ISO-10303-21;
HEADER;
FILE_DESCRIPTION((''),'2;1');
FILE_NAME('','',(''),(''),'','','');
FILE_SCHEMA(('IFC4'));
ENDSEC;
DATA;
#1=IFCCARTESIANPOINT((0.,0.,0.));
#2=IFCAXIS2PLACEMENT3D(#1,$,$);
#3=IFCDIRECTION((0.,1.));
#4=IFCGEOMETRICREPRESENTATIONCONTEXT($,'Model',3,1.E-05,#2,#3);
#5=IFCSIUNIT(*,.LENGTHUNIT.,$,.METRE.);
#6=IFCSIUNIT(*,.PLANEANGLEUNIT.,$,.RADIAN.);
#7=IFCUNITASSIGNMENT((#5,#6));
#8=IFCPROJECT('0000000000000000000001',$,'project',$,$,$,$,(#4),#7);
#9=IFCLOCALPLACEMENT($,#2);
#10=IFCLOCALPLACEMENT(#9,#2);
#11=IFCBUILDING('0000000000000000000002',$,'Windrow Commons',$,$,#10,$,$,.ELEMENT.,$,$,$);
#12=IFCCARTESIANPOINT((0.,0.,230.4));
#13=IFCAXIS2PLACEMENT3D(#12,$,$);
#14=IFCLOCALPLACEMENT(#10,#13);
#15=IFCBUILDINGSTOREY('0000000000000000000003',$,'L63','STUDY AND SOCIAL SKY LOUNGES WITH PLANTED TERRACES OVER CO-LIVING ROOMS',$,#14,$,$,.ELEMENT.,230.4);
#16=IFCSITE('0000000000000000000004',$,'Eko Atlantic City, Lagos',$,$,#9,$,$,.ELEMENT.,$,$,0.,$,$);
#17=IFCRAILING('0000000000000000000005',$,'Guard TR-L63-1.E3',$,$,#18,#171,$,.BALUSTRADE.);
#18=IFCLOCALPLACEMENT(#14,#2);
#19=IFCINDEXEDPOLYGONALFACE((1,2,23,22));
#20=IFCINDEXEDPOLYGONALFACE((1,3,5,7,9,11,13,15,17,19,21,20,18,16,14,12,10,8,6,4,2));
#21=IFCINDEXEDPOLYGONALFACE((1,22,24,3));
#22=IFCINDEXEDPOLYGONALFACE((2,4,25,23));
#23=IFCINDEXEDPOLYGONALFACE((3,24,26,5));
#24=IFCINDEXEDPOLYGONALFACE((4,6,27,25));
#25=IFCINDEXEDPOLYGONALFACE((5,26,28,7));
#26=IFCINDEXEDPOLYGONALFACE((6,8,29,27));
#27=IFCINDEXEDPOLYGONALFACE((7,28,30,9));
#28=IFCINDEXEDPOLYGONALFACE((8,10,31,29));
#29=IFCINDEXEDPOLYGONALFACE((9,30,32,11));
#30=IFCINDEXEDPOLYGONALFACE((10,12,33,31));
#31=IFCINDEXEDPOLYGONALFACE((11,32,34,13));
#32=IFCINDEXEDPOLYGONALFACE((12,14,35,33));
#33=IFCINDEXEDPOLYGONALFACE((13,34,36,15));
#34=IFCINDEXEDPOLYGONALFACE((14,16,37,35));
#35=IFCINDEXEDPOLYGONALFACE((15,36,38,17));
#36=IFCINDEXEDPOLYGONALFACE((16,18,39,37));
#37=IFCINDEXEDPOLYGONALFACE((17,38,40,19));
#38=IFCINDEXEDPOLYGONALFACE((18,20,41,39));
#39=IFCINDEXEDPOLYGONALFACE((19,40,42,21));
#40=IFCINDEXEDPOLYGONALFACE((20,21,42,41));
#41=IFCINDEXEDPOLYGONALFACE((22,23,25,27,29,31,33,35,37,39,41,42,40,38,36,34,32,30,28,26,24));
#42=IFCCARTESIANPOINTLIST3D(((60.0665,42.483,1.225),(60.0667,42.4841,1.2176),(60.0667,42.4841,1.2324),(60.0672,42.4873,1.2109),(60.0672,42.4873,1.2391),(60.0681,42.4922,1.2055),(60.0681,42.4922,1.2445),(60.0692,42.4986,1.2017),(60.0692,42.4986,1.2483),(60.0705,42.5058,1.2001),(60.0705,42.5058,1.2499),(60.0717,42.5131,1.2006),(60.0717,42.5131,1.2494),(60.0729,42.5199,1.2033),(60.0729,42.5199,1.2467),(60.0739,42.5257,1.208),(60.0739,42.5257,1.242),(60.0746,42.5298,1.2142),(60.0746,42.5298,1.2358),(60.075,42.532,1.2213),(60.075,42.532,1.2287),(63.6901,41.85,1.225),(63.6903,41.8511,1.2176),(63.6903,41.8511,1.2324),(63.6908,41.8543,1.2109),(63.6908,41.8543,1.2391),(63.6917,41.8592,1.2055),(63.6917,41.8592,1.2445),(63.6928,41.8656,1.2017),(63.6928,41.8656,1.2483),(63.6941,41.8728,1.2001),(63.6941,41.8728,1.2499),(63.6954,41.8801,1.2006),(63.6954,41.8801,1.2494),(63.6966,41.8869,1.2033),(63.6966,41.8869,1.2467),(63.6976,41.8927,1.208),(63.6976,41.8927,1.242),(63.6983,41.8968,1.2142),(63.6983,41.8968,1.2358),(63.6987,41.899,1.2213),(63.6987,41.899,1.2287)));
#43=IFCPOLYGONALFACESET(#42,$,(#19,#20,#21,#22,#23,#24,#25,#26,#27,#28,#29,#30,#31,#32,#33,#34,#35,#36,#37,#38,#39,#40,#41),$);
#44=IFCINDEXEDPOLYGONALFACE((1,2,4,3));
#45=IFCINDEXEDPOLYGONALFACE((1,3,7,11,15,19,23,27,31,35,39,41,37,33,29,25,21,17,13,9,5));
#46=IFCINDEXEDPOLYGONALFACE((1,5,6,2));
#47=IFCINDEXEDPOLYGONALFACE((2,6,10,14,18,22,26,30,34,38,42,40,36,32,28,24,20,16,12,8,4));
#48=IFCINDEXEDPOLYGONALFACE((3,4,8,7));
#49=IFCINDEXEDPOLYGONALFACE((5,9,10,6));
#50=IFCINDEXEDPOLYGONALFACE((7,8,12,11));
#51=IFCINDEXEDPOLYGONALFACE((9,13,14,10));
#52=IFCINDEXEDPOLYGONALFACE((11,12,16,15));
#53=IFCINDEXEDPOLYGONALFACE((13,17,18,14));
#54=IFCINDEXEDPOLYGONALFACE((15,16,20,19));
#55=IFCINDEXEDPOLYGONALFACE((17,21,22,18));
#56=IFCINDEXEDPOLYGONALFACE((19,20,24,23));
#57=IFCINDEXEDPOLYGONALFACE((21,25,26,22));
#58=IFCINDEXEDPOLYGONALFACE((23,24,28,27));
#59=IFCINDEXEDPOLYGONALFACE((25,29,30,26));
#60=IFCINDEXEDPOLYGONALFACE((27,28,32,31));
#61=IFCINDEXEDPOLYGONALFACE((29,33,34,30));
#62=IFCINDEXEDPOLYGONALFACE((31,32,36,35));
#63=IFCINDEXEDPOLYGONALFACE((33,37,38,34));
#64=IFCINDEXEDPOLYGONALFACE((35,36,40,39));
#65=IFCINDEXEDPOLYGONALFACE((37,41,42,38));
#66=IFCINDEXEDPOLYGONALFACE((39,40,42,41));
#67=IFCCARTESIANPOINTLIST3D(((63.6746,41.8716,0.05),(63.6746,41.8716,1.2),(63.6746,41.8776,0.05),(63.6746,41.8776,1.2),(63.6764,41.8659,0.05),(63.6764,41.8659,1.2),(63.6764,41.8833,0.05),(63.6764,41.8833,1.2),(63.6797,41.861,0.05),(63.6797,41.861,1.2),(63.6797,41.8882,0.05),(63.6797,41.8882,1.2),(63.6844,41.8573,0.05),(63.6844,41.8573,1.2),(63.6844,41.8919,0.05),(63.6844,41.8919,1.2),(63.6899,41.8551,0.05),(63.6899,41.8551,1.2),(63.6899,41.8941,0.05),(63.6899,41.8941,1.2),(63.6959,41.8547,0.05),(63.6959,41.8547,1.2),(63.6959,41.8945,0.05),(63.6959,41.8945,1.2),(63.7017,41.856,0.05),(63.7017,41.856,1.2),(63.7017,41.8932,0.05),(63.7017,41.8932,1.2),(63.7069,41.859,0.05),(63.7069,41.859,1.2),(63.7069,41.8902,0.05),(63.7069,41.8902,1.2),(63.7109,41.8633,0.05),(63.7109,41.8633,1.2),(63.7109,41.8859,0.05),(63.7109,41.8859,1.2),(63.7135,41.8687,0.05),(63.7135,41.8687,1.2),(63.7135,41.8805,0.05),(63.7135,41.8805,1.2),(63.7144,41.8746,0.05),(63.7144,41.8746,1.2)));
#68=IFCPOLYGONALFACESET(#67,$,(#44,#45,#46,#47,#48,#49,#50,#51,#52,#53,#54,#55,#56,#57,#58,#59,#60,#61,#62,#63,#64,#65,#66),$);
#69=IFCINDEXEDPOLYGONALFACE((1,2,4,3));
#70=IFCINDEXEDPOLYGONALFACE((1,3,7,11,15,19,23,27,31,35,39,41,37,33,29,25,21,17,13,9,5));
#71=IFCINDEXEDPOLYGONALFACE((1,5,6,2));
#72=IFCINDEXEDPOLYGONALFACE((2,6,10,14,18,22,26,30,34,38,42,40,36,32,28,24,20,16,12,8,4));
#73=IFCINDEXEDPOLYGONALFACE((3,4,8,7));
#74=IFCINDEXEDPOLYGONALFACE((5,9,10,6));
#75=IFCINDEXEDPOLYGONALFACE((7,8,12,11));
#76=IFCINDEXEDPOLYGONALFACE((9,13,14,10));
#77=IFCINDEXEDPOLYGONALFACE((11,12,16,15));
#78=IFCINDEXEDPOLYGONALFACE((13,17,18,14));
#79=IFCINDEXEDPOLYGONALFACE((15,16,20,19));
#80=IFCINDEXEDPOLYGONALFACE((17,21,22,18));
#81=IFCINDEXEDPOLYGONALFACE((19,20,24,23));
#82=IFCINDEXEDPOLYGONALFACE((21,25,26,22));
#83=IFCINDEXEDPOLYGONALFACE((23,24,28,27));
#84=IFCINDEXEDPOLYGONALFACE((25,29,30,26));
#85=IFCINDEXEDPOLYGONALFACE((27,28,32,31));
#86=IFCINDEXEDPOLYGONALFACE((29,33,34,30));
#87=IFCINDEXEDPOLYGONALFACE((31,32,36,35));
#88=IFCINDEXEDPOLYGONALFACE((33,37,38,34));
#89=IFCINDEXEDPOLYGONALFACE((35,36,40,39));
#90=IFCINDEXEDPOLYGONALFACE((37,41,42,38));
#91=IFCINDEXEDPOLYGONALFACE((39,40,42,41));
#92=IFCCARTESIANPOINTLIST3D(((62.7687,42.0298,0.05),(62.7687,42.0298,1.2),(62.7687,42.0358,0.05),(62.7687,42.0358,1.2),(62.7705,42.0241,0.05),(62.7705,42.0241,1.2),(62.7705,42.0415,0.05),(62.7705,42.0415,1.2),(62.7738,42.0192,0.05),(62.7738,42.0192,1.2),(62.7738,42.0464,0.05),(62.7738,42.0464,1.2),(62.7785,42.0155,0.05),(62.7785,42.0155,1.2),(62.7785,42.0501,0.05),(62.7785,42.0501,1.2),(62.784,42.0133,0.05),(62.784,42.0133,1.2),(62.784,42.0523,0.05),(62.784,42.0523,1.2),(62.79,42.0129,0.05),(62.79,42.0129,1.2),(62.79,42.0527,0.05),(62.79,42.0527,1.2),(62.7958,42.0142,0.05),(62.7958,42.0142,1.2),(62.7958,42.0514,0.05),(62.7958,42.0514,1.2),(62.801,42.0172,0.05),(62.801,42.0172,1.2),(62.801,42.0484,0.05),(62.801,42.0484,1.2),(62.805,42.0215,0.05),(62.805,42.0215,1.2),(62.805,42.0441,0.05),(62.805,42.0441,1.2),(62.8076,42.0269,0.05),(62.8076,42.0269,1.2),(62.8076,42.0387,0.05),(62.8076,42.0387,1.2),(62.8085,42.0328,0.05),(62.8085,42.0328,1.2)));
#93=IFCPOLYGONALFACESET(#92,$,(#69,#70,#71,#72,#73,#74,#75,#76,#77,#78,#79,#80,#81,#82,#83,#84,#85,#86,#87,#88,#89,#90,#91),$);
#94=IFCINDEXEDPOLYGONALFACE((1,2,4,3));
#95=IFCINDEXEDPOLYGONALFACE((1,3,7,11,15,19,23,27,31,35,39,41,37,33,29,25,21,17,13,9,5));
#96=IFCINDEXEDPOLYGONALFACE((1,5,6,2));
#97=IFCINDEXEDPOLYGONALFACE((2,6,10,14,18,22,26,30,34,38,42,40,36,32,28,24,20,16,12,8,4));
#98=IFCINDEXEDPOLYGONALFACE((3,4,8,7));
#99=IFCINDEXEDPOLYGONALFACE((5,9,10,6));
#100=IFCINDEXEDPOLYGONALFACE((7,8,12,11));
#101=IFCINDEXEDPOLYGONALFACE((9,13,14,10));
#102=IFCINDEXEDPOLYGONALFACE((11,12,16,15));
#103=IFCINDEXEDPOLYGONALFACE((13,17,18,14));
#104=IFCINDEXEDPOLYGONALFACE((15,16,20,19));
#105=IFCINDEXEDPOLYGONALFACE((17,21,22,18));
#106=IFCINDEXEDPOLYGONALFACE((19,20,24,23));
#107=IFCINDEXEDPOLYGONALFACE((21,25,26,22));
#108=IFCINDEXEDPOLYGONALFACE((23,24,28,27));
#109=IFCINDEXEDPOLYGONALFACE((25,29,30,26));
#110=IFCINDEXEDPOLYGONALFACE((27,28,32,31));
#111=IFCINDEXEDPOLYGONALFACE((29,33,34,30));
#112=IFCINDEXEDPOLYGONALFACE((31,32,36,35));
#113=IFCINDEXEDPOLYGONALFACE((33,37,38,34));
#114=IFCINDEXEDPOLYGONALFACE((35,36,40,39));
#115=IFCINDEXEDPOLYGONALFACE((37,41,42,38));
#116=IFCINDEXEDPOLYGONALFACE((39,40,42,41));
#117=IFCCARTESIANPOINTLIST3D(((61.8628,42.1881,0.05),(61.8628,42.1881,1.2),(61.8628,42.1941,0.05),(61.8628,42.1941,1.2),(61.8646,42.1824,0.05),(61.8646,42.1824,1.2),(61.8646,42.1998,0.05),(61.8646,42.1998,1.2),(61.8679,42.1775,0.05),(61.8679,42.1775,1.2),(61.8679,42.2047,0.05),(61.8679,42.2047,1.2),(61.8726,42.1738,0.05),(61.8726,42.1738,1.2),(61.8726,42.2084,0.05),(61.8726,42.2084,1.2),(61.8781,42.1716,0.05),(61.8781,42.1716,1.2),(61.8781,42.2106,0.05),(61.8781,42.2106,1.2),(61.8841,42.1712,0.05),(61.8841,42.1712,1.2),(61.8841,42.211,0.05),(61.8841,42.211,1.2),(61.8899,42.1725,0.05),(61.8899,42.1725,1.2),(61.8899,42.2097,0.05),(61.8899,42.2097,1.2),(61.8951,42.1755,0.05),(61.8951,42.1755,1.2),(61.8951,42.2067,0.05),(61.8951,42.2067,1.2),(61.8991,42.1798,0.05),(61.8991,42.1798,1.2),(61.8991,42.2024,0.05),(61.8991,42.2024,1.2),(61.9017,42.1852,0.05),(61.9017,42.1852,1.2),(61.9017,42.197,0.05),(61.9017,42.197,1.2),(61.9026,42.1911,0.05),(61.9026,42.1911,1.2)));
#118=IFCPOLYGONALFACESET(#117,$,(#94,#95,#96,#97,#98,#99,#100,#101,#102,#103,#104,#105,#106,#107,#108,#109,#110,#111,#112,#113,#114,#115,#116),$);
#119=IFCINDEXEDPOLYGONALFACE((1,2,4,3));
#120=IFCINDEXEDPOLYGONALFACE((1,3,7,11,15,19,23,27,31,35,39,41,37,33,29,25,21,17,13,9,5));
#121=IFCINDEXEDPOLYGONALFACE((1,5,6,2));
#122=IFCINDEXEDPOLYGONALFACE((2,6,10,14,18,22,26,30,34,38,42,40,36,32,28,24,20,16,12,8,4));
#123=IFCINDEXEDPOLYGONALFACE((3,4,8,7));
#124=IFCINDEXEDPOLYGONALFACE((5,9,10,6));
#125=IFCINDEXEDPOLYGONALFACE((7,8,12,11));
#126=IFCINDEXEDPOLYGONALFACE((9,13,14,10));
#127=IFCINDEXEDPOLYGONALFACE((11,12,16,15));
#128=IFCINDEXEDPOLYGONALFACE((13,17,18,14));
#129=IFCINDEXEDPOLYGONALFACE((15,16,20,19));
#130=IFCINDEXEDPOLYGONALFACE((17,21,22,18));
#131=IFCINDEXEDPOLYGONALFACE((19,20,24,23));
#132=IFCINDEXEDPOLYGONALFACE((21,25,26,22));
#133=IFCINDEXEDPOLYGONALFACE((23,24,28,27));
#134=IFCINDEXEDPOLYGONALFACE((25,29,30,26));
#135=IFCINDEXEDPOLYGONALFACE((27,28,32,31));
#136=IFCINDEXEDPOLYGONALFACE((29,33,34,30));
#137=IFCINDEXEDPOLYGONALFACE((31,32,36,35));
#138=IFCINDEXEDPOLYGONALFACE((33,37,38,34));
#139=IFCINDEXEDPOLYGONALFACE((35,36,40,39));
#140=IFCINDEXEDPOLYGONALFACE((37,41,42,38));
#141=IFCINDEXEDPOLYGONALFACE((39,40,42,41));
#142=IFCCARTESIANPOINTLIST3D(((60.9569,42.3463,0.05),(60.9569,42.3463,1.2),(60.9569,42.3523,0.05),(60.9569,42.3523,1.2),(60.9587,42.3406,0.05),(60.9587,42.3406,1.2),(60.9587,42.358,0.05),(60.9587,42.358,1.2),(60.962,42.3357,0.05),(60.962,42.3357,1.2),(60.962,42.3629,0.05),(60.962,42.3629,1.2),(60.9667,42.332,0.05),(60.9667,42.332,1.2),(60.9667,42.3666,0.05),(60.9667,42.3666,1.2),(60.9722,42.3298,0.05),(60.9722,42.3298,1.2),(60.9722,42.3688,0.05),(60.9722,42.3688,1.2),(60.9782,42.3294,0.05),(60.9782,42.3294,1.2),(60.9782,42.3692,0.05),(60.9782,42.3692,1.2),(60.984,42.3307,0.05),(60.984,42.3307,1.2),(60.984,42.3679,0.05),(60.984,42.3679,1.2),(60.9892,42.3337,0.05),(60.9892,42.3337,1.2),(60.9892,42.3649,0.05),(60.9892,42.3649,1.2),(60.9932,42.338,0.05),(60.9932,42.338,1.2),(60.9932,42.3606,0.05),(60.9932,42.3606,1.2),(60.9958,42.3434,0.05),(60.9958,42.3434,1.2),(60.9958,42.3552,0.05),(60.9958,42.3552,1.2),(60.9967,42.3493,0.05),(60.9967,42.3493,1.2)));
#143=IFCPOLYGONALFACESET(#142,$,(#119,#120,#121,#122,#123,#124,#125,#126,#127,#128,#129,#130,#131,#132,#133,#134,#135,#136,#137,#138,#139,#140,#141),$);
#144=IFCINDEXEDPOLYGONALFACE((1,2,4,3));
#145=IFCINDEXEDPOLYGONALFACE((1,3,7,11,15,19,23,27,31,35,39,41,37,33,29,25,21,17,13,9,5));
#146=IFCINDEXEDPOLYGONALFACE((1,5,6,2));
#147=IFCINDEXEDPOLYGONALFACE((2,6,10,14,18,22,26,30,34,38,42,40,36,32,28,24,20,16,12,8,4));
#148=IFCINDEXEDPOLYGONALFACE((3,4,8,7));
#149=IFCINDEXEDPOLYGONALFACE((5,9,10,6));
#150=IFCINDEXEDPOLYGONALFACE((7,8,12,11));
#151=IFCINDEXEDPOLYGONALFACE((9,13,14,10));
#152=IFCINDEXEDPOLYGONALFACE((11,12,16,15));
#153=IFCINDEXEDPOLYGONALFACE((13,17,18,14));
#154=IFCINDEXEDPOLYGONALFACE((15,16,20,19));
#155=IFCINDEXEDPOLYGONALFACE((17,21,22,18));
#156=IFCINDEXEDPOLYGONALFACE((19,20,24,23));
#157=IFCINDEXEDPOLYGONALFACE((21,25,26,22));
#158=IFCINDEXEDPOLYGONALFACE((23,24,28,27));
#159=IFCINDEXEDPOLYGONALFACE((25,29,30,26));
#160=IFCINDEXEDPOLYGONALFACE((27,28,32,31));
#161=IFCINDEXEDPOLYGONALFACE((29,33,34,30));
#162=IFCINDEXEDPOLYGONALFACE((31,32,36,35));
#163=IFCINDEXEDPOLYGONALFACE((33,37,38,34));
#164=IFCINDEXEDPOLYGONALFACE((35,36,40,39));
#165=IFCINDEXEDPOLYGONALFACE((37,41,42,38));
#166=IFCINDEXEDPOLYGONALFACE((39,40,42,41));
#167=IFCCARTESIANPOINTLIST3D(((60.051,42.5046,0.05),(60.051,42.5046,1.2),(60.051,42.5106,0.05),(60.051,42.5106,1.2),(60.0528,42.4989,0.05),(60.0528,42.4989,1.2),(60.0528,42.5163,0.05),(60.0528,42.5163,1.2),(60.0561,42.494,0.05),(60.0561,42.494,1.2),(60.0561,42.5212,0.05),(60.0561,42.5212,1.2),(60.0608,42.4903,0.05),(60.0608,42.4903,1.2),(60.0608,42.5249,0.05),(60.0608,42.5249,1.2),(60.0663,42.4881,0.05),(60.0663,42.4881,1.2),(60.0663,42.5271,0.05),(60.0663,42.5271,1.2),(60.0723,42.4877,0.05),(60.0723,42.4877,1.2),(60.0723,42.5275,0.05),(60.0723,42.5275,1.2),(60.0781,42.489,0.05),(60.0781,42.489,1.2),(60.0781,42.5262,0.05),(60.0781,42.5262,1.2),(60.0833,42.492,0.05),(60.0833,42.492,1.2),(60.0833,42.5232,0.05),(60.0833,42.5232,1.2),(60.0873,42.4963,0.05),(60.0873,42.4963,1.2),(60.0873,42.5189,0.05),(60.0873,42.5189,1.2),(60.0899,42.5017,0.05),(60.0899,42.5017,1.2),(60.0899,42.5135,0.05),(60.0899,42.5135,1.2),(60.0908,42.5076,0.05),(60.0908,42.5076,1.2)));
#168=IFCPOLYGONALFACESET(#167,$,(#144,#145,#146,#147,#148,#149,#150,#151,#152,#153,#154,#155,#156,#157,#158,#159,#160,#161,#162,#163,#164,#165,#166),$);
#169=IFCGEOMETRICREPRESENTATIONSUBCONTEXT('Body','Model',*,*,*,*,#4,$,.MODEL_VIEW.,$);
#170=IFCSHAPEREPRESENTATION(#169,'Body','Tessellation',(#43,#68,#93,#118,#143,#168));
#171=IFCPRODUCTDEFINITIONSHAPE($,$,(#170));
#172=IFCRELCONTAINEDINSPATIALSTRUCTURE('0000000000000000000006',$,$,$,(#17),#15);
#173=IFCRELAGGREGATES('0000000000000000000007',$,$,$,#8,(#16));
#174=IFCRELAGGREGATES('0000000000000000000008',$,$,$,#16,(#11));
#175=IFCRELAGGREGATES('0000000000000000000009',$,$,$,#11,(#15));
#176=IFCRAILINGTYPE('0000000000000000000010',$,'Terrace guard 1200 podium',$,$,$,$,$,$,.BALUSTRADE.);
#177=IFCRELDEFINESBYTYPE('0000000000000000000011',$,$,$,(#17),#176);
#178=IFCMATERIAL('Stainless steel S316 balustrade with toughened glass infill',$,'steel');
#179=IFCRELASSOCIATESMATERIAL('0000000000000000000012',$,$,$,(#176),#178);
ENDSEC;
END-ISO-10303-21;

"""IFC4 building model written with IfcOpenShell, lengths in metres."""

from ifc_helpers import new_model, si_unit, direction, frame, origin, origin_2d, place, context, subcontext, project, spatial, circle, extrude, material, type_object, element, save


model = new_model("IFC4")

# Units and contexts
model_context = context("Model", 3, precision=1e-05, world=origin(), true_north=direction((0.0, 1.0)))
body_context = subcontext(model_context, "Body", "Model", "MODEL_VIEW")
ifc_project = project(units=[si_unit("LENGTHUNIT", "METRE"), si_unit("PLANEANGLEUNIT", "RADIAN")], contexts=[model_context])

# Site, building, storey
site_placement = place(None, origin())
site = spatial("IfcSite", under=ifc_project, at=site_placement, Name="Eko Atlantic City, Lagos", CompositionType="ELEMENT", RefElevation=0.0)
building_placement = place(site_placement, origin())
building = spatial("IfcBuilding", under=site, at=building_placement, Name="Windrow Commons", CompositionType="ELEMENT")
storey_placement = place(building_placement, frame((0.0, 0.0, 230.4)))
storey = spatial("IfcBuildingStorey", under=building, at=storey_placement, Name="L63", Description="STUDY AND SOCIAL SKY LOUNGES WITH PLANTED TERRACES OVER CO-LIVING ROOMS", CompositionType="ELEMENT", Elevation=230.4)

# Railing
ifc_material_1 = material(Name="Stainless steel S316 balustrade with toughened glass infill", Category="steel")
railing_type = type_object("IfcRailingType", Name="Terrace guard 1200 podium", PredefinedType="BALUSTRADE", material=ifc_material_1)
railing_1_placement = place(storey_placement, frame((63.6944, 41.8746, 0.05)))
element("IfcRailing", 1, at=railing_1_placement, inside=storey, type_object=railing_type, Name="Guard TR-L63-1.E3", PredefinedType="BALUSTRADE", context=body_context, shape_type="SweptSolid", body=[
    extrude(circle(Radius=0.025, at=origin_2d()), frame((0.0, 0.0, 1.175), z_axis=(-0.985083, 0.172082, 0.0), x_axis=(-0.172082, -0.985083, 0.0)), (0.0, 0.0, 1.0), 3.6785),
    extrude(circle(Radius=0.02, at=origin_2d()), origin(), (0.0, 0.0, 1.0), 1.15),
    extrude(circle(Radius=0.02, at=origin_2d()), frame((-0.9059, 0.1582, 0.0)), (0.0, 0.0, 1.0), 1.15),
    extrude(circle(Radius=0.02, at=origin_2d()), frame((-1.8118, 0.3165, 0.0)), (0.0, 0.0, 1.0), 1.15),
    extrude(circle(Radius=0.02, at=origin_2d()), frame((-2.7177, 0.4747, 0.0)), (0.0, 0.0, 1.0), 1.15),
    extrude(circle(Radius=0.02, at=origin_2d()), frame((-3.6236, 0.633, 0.0)), (0.0, 0.0, 1.0), 1.15),
])

save(model, "model.ifc")
